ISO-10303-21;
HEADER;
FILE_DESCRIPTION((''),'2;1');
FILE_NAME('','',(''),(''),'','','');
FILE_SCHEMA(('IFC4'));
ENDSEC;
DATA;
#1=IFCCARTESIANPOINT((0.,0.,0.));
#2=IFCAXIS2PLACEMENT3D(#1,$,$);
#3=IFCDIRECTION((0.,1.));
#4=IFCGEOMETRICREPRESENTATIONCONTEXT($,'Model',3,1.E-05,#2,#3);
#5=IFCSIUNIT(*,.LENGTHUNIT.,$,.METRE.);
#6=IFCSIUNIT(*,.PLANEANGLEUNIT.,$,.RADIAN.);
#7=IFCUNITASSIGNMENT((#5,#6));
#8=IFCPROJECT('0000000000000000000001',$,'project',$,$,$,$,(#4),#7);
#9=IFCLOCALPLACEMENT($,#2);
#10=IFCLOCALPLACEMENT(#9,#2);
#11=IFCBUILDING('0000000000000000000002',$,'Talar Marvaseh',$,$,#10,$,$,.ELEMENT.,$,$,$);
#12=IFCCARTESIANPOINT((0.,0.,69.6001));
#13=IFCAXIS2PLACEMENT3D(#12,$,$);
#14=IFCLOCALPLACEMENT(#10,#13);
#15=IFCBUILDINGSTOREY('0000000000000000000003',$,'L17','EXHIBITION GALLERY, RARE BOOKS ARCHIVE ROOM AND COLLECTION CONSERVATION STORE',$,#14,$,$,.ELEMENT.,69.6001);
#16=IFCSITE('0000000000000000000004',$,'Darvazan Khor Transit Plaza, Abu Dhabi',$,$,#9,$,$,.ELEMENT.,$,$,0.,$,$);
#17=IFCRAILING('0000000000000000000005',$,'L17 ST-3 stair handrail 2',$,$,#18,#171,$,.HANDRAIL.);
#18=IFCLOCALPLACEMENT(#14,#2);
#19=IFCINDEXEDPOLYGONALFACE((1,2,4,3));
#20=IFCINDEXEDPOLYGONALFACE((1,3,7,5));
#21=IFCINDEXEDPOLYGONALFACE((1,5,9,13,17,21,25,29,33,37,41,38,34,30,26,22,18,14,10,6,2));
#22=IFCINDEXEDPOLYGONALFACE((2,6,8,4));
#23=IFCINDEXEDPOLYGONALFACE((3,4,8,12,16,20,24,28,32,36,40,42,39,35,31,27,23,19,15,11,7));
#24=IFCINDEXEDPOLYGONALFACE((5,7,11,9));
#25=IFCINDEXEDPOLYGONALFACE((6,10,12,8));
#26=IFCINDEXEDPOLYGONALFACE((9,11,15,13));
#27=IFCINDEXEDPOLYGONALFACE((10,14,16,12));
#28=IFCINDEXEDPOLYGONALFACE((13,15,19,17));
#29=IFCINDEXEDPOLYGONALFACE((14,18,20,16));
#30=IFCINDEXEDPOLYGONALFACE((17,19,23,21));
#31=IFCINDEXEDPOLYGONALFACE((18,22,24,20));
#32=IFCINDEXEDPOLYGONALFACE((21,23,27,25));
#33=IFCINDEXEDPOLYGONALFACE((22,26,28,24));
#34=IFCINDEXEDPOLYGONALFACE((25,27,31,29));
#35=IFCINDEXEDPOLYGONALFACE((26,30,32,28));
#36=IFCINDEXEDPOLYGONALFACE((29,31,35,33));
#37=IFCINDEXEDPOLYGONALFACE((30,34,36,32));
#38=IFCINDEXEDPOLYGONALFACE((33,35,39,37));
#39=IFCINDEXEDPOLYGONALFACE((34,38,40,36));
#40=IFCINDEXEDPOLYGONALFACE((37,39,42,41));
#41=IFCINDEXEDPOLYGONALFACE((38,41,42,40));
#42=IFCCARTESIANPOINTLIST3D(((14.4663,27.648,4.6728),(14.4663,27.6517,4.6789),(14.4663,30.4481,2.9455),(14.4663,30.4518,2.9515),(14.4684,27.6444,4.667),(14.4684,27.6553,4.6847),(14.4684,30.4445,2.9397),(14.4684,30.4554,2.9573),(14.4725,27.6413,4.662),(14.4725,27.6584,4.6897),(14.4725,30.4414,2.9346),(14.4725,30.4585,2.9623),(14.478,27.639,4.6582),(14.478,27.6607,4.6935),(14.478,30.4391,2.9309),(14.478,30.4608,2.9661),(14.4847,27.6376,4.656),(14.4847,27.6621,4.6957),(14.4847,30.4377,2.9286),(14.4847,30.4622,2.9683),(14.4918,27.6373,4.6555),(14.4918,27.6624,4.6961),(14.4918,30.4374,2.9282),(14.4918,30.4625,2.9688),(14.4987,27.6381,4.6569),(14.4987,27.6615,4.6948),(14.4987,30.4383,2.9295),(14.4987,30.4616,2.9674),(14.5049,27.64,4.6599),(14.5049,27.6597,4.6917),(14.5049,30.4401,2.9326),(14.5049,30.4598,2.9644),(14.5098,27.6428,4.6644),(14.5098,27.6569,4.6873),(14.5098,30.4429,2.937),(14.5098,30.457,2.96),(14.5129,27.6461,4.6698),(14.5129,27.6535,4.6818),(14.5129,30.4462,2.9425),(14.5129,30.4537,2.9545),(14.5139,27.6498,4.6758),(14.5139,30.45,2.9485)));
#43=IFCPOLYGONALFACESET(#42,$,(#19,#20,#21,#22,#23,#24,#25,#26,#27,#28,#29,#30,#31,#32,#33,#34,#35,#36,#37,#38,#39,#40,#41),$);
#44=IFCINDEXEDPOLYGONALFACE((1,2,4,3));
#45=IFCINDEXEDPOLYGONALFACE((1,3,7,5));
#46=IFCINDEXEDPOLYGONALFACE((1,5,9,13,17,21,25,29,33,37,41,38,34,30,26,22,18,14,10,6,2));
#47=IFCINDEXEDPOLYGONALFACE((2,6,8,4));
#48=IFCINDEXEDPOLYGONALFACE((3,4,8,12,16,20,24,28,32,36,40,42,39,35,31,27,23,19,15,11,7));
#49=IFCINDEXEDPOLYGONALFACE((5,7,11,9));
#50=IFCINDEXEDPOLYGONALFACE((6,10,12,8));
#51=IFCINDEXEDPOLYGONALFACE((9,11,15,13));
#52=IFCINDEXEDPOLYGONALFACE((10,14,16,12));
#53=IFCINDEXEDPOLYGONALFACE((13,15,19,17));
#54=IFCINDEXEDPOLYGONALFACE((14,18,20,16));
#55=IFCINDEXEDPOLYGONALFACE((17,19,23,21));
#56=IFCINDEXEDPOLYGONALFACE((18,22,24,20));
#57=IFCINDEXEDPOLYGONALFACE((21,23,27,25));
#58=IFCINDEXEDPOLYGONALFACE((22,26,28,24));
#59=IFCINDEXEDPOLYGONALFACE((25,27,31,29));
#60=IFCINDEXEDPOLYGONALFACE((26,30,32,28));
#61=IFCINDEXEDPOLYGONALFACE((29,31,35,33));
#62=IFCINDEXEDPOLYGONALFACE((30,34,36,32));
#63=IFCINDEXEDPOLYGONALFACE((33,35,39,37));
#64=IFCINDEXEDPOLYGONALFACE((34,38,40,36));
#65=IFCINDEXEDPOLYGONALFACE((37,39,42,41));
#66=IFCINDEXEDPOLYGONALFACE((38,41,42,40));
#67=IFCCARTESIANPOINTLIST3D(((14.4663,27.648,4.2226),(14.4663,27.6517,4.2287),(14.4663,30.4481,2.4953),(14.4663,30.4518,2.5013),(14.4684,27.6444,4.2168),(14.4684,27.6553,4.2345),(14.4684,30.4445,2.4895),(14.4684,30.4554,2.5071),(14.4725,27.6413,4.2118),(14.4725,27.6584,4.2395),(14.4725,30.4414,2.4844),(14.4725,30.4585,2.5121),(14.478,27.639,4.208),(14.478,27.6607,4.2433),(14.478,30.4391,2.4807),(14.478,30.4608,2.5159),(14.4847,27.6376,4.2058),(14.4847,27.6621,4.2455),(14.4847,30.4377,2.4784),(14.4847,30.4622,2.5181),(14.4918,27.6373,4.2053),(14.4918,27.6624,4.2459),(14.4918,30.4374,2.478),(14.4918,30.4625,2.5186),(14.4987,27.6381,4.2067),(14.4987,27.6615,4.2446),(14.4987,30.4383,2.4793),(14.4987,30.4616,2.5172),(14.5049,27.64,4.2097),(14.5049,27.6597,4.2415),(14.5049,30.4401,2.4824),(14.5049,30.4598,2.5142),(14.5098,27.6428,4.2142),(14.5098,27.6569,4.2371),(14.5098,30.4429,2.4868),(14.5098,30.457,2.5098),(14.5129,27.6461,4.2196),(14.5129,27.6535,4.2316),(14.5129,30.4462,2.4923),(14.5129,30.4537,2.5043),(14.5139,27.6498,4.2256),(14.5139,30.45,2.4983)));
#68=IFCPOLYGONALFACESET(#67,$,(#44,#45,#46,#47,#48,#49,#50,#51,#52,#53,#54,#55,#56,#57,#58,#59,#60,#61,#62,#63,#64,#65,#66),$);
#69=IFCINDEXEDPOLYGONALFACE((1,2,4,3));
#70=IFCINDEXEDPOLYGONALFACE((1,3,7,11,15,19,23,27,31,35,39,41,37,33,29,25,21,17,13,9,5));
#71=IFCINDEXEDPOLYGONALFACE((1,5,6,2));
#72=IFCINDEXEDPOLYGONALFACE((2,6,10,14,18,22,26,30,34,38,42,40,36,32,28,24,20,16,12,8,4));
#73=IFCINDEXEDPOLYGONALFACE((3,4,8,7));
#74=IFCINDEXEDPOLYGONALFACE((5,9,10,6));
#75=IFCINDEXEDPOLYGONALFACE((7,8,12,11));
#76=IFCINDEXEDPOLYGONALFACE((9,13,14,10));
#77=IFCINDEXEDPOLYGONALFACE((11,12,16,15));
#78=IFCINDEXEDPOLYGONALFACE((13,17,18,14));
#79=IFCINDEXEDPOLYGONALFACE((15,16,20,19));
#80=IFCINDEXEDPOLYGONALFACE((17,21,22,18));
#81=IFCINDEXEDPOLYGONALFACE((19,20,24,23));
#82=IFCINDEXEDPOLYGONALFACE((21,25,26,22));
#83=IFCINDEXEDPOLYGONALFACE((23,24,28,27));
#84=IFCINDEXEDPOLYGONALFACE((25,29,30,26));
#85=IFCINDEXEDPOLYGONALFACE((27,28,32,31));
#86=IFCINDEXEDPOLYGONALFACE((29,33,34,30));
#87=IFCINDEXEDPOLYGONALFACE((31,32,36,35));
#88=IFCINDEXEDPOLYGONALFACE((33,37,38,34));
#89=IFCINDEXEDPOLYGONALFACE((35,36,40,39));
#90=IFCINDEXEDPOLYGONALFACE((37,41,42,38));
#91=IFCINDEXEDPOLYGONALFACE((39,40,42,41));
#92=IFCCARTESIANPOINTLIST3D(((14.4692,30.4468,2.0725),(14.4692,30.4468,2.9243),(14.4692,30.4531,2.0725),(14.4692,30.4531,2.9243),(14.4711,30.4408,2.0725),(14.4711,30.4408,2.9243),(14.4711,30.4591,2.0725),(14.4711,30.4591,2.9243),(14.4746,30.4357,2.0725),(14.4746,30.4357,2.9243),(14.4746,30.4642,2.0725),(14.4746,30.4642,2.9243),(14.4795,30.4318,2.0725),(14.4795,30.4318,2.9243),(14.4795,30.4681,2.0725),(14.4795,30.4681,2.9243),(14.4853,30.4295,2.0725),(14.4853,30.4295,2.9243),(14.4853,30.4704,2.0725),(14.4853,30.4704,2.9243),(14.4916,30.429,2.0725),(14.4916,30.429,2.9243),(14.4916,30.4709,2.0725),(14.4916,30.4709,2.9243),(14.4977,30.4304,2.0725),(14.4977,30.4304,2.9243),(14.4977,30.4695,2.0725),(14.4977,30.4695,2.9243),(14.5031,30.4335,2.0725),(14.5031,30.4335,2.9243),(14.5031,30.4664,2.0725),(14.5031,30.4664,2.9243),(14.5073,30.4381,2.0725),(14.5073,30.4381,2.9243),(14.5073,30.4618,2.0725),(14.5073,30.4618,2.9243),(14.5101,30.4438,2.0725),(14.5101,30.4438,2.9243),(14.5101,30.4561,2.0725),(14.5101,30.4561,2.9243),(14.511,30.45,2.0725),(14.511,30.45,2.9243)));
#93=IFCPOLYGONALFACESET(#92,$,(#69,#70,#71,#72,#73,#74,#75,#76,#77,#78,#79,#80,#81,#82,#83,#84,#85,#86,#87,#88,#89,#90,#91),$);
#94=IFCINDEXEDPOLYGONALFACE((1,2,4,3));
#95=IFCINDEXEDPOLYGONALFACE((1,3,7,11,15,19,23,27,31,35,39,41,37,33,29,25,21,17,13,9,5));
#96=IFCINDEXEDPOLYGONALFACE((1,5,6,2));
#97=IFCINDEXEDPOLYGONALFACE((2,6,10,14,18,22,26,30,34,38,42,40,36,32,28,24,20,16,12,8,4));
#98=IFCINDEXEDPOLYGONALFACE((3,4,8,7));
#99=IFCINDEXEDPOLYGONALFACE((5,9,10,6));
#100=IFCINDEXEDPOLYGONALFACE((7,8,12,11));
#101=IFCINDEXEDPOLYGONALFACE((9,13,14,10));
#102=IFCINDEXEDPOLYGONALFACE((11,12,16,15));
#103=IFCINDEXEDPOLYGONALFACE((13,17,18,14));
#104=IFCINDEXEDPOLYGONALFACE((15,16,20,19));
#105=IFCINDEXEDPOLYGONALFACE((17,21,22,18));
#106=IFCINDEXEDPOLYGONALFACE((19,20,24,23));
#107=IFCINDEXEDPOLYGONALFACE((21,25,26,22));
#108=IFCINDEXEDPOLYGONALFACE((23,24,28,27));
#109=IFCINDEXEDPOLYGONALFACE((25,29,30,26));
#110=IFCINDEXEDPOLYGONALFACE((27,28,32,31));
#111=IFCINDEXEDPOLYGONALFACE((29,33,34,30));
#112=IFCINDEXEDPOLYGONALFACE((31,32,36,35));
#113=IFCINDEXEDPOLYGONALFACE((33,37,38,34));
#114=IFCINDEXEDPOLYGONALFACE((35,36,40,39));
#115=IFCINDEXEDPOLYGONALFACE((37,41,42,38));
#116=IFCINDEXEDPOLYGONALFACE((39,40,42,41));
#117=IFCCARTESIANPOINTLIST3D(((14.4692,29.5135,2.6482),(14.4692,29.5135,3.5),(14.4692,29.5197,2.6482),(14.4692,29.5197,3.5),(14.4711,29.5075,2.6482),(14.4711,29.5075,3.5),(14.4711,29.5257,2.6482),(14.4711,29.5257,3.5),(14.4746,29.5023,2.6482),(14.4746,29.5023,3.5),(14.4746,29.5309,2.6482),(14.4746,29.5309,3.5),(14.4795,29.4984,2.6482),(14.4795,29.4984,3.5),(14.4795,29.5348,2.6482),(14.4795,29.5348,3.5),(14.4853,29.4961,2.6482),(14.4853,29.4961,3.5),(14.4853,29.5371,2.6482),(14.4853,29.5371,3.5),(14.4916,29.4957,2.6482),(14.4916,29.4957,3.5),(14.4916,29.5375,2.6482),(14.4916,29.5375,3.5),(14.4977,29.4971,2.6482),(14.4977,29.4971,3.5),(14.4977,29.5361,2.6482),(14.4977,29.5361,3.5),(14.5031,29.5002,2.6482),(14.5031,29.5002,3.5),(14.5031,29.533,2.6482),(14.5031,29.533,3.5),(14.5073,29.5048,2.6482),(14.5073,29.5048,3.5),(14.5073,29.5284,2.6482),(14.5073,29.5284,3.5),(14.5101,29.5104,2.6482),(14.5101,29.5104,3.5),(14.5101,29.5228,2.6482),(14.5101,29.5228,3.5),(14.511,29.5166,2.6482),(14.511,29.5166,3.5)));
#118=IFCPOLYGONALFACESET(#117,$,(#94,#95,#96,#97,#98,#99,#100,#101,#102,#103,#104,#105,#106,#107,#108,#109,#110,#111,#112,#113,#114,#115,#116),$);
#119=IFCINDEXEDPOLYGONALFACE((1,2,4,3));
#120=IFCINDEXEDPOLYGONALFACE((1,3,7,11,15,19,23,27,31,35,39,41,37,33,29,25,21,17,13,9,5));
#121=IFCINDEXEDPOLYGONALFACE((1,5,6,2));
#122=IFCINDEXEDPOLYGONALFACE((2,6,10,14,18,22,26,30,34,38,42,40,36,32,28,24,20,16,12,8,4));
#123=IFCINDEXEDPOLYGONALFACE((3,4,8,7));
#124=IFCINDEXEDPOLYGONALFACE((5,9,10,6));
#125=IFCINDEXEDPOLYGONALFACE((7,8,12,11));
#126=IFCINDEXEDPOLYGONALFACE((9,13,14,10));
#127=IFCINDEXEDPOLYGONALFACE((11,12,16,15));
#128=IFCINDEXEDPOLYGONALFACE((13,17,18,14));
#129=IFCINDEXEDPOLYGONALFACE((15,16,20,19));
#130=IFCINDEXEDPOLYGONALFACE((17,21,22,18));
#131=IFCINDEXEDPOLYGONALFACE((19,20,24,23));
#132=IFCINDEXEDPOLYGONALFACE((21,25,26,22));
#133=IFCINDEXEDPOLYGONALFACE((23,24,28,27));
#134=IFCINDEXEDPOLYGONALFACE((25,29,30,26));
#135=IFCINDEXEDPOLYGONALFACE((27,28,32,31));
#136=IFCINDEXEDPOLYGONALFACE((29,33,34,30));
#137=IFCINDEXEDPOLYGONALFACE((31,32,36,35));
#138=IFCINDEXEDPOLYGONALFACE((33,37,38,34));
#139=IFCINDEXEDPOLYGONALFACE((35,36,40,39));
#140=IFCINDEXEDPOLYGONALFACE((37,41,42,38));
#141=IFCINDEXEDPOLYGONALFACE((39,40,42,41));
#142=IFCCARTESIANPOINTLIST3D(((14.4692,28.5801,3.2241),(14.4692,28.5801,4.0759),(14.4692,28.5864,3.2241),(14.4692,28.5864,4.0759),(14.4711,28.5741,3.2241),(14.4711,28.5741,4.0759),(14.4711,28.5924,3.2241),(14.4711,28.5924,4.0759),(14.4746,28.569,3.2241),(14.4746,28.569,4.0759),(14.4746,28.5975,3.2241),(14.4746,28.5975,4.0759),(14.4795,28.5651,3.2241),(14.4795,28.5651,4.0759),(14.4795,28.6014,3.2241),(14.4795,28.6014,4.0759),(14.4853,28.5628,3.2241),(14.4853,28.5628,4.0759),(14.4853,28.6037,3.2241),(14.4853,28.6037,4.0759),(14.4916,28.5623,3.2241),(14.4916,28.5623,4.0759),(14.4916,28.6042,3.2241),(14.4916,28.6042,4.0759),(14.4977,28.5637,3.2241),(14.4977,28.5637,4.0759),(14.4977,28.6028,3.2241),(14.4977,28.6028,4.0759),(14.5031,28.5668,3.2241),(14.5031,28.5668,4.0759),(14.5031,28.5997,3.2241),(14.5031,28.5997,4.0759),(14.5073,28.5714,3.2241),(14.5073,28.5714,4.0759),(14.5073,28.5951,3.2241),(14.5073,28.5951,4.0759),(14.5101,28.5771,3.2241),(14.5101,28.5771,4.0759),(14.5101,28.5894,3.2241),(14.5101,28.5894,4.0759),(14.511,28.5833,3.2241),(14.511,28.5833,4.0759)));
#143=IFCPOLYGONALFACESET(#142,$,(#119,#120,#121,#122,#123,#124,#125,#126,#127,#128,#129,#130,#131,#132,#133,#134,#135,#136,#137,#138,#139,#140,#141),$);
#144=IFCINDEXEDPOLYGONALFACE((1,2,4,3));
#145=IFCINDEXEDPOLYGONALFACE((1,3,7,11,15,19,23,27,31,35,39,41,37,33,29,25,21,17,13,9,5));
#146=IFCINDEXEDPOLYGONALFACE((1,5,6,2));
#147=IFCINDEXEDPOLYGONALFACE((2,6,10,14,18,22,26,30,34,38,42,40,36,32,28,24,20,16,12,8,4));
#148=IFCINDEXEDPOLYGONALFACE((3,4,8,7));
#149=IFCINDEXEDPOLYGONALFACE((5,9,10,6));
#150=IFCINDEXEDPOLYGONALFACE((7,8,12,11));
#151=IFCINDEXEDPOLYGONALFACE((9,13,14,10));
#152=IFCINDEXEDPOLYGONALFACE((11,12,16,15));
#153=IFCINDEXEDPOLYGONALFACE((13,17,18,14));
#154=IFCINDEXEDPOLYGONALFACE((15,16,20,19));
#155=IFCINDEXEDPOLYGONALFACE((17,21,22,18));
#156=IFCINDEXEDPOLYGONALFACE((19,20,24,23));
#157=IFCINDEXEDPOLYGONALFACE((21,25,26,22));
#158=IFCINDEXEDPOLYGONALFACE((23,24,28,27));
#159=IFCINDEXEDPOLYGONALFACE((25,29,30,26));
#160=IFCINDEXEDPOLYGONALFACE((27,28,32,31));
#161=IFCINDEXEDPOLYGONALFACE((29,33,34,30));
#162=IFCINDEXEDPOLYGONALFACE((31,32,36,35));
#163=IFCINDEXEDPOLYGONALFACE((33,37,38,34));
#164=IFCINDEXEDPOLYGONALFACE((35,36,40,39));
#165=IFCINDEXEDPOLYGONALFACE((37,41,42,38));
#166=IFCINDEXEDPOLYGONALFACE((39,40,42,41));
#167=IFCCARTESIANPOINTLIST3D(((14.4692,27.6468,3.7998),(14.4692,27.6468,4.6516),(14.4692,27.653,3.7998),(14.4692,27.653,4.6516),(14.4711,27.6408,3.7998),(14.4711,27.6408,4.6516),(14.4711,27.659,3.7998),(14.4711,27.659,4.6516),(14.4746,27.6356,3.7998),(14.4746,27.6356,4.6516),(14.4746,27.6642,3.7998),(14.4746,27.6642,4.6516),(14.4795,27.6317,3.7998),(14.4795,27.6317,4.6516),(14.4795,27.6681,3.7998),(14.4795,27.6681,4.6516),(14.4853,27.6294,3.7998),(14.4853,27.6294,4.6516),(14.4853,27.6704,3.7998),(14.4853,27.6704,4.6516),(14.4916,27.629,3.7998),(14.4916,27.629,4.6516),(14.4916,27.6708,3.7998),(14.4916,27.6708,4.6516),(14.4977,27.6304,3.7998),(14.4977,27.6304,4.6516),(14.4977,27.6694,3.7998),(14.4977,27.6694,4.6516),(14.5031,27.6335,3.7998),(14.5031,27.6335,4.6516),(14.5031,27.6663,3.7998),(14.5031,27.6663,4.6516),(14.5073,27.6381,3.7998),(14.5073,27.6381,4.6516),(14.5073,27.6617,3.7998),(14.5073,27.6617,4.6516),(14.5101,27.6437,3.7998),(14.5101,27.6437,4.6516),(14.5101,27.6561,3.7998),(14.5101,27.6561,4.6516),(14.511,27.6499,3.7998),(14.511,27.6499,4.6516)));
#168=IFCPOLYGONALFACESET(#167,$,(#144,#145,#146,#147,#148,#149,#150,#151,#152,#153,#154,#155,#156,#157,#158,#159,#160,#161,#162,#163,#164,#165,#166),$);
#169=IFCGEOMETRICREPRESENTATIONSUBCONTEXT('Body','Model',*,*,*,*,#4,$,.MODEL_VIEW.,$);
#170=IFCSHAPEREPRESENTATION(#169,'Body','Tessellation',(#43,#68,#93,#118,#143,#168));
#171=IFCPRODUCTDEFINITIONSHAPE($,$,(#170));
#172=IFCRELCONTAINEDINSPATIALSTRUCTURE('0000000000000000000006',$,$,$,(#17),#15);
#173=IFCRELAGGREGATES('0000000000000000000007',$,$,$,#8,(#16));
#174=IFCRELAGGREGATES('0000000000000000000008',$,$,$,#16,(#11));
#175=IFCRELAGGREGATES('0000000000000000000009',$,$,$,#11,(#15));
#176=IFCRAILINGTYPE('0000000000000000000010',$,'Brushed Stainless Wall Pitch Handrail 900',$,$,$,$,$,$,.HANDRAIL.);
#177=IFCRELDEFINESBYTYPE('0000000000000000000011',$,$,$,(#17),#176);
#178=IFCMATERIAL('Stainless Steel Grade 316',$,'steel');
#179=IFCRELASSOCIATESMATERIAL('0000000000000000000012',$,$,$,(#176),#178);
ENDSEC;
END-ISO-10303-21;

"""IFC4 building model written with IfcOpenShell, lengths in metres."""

from ifc_helpers import new_model, si_unit, direction, frame, origin, origin_2d, place, context, subcontext, project, spatial, circle, extrude, material, type_object, element, save


model = new_model("IFC4")

# Units and contexts
model_context = context("Model", 3, precision=1e-05, world=origin(), true_north=direction((0.0, 1.0)))
body_context = subcontext(model_context, "Body", "Model", "MODEL_VIEW")
ifc_project = project(units=[si_unit("LENGTHUNIT", "METRE"), si_unit("PLANEANGLEUNIT", "RADIAN")], contexts=[model_context])

# Site, building, storey
site_placement = place(None, origin())
site = spatial("IfcSite", under=ifc_project, at=site_placement, Name="Darvazan Khor Transit Plaza, Abu Dhabi", CompositionType="ELEMENT", RefElevation=0.0)
building_placement = place(site_placement, origin())
building = spatial("IfcBuilding", under=site, at=building_placement, Name="Talar Marvaseh", CompositionType="ELEMENT")
storey_placement = place(building_placement, frame((0.0, 0.0, 69.6001)))
storey = spatial("IfcBuildingStorey", under=building, at=storey_placement, Name="L17", Description="EXHIBITION GALLERY, RARE BOOKS ARCHIVE ROOM AND COLLECTION CONSERVATION STORE", CompositionType="ELEMENT", Elevation=69.6001)

# Railing
ifc_material_1 = material(Name="Stainless Steel Grade 316", Category="steel")
railing_type_1 = type_object("IfcRailingType", Name="Brushed Stainless Wall Pitch Handrail 900", PredefinedType="HANDRAIL", material=ifc_material_1)
railing_1_placement = place(storey_placement, frame((14.49, 30.45, 2.0725)))
element("IfcRailing", 1, at=railing_1_placement, inside=storey, type_object=railing_type_1, Name="L17 ST-3 stair handrail 2", PredefinedType="HANDRAIL", context=body_context, shape_type="SweptSolid", body=[
    extrude(circle(Radius=0.0239, at=origin_2d()), frame((0.0, 0.0, 0.876), z_axis=(0.0, -0.85109, 0.52502), x_axis=(1.0, 0.0, 0.0)), (0.0, 0.0, 1.0), 3.29),
    extrude(circle(Radius=0.0239, at=origin_2d()), frame((0.0, 0.0, 0.4258), z_axis=(0.0, -0.85109, 0.52502), x_axis=(1.0, 0.0, 0.0)), (0.0, 0.0, 1.0), 3.29),
    extrude(circle(Radius=0.021, at=origin_2d()), origin(), (0.0, 0.0, 1.0), 0.8518),
    extrude(circle(Radius=0.021, at=origin_2d()), frame((0.0, -0.9333, 0.5757)), (0.0, 0.0, 1.0), 0.8518),
    extrude(circle(Radius=0.021, at=origin_2d()), frame((0.0, -1.8667, 1.1516)), (0.0, 0.0, 1.0), 0.8518),
    extrude(circle(Radius=0.021, at=origin_2d()), frame((0.0, -2.8, 1.7273)), (0.0, 0.0, 1.0), 0.8518),
])

save(model, "model.ifc")
